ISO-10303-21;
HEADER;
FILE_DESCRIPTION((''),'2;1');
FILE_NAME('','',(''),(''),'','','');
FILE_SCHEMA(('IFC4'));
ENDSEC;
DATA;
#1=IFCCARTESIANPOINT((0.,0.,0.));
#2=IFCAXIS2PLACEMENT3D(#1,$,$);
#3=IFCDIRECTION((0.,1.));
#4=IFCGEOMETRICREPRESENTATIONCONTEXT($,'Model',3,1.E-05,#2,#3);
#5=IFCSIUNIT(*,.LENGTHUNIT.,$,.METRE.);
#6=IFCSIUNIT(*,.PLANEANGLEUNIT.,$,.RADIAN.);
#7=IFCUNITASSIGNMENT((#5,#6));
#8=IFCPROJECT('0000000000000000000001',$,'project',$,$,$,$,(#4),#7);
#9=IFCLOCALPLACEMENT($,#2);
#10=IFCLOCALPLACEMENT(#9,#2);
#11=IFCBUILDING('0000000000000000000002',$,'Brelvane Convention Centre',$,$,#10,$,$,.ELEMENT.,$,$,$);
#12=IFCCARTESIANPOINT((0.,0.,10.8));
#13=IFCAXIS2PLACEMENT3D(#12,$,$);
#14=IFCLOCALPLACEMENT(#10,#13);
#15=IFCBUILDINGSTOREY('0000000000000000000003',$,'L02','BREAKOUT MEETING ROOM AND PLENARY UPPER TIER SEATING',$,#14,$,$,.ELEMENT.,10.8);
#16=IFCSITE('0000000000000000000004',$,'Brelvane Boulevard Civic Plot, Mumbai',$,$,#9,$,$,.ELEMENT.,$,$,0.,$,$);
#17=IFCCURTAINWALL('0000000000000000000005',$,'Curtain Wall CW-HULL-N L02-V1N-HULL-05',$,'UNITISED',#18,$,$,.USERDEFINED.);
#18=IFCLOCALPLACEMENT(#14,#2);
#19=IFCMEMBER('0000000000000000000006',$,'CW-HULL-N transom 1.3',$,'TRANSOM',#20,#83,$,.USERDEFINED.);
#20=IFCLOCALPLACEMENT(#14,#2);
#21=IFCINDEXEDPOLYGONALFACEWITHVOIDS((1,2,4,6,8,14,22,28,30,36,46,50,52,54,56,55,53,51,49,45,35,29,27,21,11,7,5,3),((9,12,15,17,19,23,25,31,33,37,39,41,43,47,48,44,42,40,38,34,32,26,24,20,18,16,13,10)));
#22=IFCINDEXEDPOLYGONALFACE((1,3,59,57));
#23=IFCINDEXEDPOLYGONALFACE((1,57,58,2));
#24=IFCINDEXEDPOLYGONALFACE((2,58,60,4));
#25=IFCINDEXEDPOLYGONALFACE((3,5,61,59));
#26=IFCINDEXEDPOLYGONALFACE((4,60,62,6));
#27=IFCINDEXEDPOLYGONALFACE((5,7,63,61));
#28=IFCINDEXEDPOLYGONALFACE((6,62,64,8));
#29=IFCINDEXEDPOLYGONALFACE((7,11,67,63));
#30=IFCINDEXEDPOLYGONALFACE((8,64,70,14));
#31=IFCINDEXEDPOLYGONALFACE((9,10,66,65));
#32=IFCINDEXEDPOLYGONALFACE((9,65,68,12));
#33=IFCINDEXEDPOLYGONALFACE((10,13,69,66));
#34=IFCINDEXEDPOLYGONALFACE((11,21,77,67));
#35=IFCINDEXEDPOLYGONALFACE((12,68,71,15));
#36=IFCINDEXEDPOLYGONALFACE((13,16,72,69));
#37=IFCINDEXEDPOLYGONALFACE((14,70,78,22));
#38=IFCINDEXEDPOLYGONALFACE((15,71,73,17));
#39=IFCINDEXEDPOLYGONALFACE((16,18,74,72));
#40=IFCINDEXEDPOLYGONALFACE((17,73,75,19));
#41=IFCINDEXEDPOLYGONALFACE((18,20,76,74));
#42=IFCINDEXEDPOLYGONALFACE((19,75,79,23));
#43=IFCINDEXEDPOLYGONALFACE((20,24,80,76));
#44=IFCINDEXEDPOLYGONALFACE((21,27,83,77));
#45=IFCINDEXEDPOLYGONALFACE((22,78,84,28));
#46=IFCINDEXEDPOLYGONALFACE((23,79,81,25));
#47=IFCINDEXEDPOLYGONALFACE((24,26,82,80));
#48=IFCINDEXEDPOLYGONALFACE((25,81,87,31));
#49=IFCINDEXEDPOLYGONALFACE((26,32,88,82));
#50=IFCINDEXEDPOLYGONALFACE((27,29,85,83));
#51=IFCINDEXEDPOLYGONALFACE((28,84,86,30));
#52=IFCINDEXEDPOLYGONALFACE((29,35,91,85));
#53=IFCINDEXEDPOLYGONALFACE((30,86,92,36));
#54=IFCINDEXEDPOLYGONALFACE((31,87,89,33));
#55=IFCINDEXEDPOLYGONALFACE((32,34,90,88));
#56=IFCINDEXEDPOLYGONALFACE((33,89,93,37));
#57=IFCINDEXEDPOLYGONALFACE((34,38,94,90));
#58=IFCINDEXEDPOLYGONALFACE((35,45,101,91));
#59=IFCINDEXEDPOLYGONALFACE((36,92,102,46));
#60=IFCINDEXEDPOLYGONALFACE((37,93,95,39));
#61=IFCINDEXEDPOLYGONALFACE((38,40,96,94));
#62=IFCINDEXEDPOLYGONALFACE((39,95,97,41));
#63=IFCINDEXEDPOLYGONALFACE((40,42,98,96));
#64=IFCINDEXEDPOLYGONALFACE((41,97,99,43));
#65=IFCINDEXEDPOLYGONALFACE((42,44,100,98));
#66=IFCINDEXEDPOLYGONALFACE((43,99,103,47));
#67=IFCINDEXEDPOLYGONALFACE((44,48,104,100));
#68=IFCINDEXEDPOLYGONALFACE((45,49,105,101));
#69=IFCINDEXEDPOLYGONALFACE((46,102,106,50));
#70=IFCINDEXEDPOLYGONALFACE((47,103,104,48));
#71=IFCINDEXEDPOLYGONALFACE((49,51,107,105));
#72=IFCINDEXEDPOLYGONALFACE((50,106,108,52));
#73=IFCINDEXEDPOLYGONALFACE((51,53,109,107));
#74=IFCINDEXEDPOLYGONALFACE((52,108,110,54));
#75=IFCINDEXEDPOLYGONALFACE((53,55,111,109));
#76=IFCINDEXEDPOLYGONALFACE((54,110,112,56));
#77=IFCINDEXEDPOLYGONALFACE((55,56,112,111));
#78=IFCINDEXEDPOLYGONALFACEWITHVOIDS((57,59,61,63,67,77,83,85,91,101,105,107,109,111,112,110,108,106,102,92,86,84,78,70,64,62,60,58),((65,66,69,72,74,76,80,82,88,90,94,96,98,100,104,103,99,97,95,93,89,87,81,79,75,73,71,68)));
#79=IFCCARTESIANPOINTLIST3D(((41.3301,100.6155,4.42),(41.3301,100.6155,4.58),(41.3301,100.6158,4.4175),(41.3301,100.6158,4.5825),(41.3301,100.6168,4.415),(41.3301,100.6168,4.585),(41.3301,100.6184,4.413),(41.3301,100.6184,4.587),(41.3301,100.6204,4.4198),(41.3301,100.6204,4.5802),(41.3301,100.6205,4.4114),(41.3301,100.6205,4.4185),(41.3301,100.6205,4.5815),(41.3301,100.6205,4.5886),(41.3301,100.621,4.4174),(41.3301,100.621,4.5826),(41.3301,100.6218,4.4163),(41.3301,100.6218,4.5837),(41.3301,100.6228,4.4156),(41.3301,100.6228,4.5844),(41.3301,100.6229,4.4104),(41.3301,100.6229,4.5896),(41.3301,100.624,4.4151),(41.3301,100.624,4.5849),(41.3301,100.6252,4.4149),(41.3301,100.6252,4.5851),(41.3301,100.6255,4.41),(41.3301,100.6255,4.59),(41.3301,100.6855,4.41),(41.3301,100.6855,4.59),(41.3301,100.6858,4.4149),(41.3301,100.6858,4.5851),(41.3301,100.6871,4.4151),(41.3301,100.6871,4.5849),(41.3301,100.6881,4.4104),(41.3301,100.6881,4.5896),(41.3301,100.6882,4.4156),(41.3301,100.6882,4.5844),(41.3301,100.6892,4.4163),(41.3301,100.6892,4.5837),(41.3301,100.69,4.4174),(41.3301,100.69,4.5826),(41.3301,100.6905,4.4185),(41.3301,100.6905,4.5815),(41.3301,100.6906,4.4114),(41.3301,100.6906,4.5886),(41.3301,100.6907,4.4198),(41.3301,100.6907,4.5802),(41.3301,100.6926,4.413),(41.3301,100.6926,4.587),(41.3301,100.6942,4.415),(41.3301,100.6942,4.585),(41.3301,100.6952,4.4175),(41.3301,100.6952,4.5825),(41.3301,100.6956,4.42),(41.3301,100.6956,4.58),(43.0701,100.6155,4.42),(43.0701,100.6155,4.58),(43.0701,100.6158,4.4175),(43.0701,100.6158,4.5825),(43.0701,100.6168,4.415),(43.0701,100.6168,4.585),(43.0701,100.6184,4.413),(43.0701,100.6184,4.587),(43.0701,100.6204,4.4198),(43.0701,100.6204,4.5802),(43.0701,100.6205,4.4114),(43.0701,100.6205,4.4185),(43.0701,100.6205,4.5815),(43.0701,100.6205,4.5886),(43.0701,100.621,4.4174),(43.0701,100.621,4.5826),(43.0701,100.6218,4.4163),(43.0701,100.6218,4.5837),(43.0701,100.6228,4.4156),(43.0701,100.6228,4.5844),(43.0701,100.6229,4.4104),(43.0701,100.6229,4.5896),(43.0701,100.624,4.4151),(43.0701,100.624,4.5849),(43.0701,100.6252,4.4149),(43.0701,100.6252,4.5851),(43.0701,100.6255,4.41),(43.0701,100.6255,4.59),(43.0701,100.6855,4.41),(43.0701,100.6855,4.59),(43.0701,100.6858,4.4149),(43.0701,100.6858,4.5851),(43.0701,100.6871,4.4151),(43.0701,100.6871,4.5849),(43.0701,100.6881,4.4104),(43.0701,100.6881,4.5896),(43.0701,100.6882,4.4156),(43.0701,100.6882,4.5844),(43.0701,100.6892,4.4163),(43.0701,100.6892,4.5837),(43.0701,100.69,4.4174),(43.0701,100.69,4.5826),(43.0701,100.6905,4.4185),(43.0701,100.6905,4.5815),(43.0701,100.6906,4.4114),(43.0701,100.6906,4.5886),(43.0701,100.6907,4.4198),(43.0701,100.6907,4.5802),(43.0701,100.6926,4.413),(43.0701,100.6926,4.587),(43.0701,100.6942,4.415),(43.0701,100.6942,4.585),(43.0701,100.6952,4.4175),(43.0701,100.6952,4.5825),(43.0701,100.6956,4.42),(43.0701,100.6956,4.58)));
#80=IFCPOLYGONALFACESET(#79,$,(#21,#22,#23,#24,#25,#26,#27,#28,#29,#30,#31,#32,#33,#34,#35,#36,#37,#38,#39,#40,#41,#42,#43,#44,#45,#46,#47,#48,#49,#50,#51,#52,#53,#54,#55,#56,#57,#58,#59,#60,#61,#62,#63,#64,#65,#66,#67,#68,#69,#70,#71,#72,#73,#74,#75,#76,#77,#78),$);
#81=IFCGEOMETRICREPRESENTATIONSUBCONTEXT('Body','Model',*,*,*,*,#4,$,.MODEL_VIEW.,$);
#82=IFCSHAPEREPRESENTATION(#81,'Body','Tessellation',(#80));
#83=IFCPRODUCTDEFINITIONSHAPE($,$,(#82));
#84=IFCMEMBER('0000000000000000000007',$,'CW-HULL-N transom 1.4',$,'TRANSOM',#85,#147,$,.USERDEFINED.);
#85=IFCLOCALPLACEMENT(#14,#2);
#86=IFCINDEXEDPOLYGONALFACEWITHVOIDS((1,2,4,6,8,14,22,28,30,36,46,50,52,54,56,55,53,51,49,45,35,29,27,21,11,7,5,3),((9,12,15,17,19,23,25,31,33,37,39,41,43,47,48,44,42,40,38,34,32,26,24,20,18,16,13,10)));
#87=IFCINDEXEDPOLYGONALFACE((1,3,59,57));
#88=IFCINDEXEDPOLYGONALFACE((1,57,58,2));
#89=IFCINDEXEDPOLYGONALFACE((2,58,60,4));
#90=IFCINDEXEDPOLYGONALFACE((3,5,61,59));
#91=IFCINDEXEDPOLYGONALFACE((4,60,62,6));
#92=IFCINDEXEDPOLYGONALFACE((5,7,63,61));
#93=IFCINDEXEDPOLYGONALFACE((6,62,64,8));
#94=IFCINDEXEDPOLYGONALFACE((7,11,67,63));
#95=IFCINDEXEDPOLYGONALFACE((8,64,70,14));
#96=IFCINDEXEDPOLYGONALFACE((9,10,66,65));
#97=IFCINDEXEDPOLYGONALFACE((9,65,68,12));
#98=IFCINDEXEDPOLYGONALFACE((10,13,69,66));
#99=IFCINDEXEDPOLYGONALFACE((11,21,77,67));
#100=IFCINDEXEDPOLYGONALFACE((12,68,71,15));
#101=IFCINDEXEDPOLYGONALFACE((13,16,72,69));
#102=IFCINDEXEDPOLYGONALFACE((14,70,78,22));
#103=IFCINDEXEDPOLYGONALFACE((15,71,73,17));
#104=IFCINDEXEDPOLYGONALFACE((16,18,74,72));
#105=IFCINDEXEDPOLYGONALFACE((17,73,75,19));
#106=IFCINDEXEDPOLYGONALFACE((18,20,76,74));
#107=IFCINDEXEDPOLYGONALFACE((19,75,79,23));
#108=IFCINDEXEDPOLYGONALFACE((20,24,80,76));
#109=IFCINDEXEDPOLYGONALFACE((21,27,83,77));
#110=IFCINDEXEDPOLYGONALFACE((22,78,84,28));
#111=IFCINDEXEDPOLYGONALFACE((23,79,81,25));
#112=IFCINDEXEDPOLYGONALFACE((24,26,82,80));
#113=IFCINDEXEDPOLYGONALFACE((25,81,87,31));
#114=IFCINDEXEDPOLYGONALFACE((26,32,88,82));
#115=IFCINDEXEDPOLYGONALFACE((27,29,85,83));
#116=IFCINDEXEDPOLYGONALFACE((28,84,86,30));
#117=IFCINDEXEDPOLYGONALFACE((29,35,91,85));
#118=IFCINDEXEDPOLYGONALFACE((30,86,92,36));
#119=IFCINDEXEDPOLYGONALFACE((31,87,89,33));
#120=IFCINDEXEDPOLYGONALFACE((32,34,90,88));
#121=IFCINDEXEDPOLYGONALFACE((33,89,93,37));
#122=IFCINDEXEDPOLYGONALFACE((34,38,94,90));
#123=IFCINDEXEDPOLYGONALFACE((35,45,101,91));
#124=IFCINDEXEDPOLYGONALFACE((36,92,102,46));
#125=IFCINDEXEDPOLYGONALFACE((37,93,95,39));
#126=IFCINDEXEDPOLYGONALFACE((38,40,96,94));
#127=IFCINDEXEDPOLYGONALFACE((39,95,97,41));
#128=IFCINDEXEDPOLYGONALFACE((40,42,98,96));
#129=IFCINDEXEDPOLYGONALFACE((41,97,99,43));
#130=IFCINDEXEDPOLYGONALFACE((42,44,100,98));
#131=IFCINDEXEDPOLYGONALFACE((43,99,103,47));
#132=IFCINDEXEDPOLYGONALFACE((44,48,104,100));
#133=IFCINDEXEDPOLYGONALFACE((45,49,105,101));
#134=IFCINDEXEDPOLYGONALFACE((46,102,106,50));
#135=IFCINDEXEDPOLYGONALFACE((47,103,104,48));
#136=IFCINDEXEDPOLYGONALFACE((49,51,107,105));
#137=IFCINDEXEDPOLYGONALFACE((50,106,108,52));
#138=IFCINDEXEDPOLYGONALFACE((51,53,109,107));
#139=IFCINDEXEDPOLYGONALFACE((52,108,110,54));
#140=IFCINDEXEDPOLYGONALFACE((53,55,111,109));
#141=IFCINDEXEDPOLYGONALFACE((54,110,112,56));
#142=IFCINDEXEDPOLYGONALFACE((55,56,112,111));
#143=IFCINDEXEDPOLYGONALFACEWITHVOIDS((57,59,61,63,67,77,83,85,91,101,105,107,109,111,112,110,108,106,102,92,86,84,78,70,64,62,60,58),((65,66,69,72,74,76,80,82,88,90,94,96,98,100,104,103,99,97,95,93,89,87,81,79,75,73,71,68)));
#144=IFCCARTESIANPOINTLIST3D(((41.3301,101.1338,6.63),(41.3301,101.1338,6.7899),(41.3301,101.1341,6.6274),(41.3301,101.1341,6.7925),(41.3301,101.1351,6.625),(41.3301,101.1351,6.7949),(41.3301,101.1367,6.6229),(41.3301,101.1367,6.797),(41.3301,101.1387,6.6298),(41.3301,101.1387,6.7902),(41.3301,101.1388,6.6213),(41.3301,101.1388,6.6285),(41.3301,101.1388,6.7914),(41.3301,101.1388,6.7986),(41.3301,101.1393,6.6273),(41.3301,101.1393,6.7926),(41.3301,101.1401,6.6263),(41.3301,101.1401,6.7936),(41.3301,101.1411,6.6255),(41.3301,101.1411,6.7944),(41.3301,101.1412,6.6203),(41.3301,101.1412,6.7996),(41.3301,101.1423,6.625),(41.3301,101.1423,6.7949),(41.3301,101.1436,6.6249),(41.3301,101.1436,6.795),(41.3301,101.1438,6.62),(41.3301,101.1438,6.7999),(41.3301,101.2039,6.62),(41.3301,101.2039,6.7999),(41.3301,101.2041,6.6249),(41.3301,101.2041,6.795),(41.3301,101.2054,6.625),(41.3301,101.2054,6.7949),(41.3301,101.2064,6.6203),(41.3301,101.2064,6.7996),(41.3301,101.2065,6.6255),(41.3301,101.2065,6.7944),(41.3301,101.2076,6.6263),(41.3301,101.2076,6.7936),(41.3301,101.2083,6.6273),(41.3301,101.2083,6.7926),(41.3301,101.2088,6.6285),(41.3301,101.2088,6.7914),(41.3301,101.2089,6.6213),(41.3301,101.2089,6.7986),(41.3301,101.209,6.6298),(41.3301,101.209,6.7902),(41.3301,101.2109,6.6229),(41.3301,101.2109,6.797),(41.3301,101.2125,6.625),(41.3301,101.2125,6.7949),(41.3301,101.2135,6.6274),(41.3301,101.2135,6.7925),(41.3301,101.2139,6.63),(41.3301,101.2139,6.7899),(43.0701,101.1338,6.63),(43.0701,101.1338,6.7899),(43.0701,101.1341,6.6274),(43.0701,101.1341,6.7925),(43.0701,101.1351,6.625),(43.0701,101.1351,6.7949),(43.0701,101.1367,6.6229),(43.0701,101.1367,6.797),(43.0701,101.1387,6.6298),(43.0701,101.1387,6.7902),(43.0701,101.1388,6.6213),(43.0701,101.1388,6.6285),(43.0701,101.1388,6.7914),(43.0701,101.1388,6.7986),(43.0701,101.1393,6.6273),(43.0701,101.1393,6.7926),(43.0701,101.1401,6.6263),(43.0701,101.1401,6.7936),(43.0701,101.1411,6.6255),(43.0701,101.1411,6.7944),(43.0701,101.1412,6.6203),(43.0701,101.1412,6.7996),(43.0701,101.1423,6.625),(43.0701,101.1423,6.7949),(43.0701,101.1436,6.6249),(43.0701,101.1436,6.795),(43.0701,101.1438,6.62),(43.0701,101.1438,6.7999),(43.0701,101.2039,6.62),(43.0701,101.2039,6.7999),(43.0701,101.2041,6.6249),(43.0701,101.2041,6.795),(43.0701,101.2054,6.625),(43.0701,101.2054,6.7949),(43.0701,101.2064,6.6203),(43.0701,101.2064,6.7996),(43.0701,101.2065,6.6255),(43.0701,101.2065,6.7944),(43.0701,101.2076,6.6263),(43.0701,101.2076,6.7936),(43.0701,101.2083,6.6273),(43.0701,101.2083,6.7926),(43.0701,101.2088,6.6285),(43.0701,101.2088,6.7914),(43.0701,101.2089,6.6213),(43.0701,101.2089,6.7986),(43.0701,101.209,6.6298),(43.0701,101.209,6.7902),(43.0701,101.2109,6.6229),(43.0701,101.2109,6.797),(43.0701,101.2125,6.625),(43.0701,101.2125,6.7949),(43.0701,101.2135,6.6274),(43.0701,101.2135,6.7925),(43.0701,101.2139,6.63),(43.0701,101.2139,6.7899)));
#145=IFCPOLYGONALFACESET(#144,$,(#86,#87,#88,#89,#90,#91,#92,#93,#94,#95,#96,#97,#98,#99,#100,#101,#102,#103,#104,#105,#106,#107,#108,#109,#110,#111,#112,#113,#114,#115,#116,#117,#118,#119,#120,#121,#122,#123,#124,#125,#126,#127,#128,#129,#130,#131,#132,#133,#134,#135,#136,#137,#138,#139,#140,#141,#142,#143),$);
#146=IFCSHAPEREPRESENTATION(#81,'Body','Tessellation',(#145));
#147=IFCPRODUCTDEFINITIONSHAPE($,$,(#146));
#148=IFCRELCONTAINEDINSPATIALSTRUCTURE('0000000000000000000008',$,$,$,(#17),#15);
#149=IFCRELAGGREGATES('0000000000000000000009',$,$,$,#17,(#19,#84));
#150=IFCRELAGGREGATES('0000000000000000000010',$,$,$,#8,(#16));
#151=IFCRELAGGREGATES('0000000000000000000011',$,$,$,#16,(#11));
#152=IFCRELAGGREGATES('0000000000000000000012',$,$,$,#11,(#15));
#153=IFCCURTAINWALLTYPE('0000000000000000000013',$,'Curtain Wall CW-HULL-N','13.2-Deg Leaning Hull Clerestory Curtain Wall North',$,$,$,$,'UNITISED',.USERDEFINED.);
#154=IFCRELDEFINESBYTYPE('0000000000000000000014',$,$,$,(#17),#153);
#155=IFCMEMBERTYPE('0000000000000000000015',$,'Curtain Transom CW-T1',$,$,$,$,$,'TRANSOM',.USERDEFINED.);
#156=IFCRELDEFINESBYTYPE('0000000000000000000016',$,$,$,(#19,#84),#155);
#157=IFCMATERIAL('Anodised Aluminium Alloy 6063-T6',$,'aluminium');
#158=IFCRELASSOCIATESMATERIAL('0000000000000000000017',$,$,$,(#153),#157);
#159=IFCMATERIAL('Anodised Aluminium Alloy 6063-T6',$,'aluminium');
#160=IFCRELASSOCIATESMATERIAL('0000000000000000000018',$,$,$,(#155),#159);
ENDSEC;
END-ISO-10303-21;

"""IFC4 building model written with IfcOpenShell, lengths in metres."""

from ifc_helpers import new_model, si_unit, direction, frame, origin, origin_2d, place, context, subcontext, project, spatial, hollow_rectangle, extrude, material, material_profile, profile_set, type_object, element, aggregate, save


model = new_model("IFC4")

# Units and contexts
model_context = context("Model", 3, precision=1e-05, world=origin(), true_north=direction((0.0, 1.0)))
body_context = subcontext(model_context, "Body", "Model", "MODEL_VIEW")
ifc_project = project(units=[si_unit("LENGTHUNIT", "METRE"), si_unit("PLANEANGLEUNIT", "RADIAN")], contexts=[model_context])

# Site, building, storey
site_placement = place(None, origin())
site = spatial("IfcSite", under=ifc_project, at=site_placement, Name="Brelvane Boulevard Civic Plot, Mumbai", CompositionType="ELEMENT", RefElevation=0.0)
building_placement = place(site_placement, origin())
building = spatial("IfcBuilding", under=site, at=building_placement, Name="Brelvane Convention Centre", CompositionType="ELEMENT")
storey_placement = place(building_placement, frame((0.0, 0.0, 10.8)))
storey = spatial("IfcBuildingStorey", under=building, at=storey_placement, Name="L02", Description="BREAKOUT MEETING ROOM AND PLENARY UPPER TIER SEATING", CompositionType="ELEMENT", Elevation=10.8)

# Curtain wall
ifc_material_1 = material(Name="Anodised Aluminium Alloy 6063-T6", Category="aluminium")
curtain_wall_type = type_object("IfcCurtainWallType", Name="Curtain Wall CW-HULL-N", Description="13.2-Deg Leaning Hull Clerestory Curtain Wall North", ElementType="UNITISED", PredefinedType="USERDEFINED", material=ifc_material_1)
curtain_wall_1_placement = place(storey_placement, origin())
curtain_wall_1 = element("IfcCurtainWall", 1, at=curtain_wall_1_placement, inside=storey, type_object=curtain_wall_type, Name="Curtain Wall CW-HULL-N L02-V1N-HULL-05", ObjectType="UNITISED", PredefinedType="USERDEFINED")

# Members
ifc_material_2 = material(Name="Anodised Aluminium Alloy 6063-T6", Category="aluminium")
ifc_material_profile_1 = material_profile(ifc_material_2, hollow_rectangle(XDim=0.0801, YDim=0.1799, WallThickness=0.0049, InnerFilletRadius=0.0049, OuterFilletRadius=0.01, at=origin_2d()), Name="ALU-T 180x80x5.0")
ifc_profile_set_1 = profile_set([ifc_material_profile_1], Name="Anodised Aluminium Alloy 6063-T6")
member_type_1 = type_object("IfcMemberType", Name="Curtain Transom CW-T1", ElementType="TRANSOM", PredefinedType="USERDEFINED", material=ifc_profile_set_1)
member_1_placement = place(storey_placement, frame((41.3301, 100.6555, 4.5), z_axis=(1.0, 0.0, 0.0), x_axis=(0.0, 1.0, 0.0)))
member_1 = element("IfcMember", 2, at=member_1_placement, type_object=member_type_1, Name="CW-HULL-N transom 1.3", ObjectType="TRANSOM", PredefinedType="USERDEFINED", context=body_context, shape_type="SweptSolid", body=[
    extrude(hollow_rectangle(XDim=0.0801, YDim=0.1799, WallThickness=0.0049, InnerFilletRadius=0.0049, OuterFilletRadius=0.01, at=origin_2d()), origin(), (0.0, 0.0, 1.0), 1.74),
])
member_2_placement = place(storey_placement, frame((41.3301, 101.1738, 6.71), z_axis=(1.0, 0.0, 0.0), x_axis=(0.0, 1.0, 0.0)))
member_2 = element("IfcMember", 3, at=member_2_placement, type_object=member_type_1, Name="CW-HULL-N transom 1.4", ObjectType="TRANSOM", PredefinedType="USERDEFINED", context=body_context, shape_type="SweptSolid", body=[
    extrude(hollow_rectangle(XDim=0.0801, YDim=0.1799, WallThickness=0.0049, InnerFilletRadius=0.0049, OuterFilletRadius=0.01, at=origin_2d()), origin(), (0.0, 0.0, 1.0), 1.74),
])

aggregate(curtain_wall_1, [member_1, member_2])

save(model, "model.ifc")
